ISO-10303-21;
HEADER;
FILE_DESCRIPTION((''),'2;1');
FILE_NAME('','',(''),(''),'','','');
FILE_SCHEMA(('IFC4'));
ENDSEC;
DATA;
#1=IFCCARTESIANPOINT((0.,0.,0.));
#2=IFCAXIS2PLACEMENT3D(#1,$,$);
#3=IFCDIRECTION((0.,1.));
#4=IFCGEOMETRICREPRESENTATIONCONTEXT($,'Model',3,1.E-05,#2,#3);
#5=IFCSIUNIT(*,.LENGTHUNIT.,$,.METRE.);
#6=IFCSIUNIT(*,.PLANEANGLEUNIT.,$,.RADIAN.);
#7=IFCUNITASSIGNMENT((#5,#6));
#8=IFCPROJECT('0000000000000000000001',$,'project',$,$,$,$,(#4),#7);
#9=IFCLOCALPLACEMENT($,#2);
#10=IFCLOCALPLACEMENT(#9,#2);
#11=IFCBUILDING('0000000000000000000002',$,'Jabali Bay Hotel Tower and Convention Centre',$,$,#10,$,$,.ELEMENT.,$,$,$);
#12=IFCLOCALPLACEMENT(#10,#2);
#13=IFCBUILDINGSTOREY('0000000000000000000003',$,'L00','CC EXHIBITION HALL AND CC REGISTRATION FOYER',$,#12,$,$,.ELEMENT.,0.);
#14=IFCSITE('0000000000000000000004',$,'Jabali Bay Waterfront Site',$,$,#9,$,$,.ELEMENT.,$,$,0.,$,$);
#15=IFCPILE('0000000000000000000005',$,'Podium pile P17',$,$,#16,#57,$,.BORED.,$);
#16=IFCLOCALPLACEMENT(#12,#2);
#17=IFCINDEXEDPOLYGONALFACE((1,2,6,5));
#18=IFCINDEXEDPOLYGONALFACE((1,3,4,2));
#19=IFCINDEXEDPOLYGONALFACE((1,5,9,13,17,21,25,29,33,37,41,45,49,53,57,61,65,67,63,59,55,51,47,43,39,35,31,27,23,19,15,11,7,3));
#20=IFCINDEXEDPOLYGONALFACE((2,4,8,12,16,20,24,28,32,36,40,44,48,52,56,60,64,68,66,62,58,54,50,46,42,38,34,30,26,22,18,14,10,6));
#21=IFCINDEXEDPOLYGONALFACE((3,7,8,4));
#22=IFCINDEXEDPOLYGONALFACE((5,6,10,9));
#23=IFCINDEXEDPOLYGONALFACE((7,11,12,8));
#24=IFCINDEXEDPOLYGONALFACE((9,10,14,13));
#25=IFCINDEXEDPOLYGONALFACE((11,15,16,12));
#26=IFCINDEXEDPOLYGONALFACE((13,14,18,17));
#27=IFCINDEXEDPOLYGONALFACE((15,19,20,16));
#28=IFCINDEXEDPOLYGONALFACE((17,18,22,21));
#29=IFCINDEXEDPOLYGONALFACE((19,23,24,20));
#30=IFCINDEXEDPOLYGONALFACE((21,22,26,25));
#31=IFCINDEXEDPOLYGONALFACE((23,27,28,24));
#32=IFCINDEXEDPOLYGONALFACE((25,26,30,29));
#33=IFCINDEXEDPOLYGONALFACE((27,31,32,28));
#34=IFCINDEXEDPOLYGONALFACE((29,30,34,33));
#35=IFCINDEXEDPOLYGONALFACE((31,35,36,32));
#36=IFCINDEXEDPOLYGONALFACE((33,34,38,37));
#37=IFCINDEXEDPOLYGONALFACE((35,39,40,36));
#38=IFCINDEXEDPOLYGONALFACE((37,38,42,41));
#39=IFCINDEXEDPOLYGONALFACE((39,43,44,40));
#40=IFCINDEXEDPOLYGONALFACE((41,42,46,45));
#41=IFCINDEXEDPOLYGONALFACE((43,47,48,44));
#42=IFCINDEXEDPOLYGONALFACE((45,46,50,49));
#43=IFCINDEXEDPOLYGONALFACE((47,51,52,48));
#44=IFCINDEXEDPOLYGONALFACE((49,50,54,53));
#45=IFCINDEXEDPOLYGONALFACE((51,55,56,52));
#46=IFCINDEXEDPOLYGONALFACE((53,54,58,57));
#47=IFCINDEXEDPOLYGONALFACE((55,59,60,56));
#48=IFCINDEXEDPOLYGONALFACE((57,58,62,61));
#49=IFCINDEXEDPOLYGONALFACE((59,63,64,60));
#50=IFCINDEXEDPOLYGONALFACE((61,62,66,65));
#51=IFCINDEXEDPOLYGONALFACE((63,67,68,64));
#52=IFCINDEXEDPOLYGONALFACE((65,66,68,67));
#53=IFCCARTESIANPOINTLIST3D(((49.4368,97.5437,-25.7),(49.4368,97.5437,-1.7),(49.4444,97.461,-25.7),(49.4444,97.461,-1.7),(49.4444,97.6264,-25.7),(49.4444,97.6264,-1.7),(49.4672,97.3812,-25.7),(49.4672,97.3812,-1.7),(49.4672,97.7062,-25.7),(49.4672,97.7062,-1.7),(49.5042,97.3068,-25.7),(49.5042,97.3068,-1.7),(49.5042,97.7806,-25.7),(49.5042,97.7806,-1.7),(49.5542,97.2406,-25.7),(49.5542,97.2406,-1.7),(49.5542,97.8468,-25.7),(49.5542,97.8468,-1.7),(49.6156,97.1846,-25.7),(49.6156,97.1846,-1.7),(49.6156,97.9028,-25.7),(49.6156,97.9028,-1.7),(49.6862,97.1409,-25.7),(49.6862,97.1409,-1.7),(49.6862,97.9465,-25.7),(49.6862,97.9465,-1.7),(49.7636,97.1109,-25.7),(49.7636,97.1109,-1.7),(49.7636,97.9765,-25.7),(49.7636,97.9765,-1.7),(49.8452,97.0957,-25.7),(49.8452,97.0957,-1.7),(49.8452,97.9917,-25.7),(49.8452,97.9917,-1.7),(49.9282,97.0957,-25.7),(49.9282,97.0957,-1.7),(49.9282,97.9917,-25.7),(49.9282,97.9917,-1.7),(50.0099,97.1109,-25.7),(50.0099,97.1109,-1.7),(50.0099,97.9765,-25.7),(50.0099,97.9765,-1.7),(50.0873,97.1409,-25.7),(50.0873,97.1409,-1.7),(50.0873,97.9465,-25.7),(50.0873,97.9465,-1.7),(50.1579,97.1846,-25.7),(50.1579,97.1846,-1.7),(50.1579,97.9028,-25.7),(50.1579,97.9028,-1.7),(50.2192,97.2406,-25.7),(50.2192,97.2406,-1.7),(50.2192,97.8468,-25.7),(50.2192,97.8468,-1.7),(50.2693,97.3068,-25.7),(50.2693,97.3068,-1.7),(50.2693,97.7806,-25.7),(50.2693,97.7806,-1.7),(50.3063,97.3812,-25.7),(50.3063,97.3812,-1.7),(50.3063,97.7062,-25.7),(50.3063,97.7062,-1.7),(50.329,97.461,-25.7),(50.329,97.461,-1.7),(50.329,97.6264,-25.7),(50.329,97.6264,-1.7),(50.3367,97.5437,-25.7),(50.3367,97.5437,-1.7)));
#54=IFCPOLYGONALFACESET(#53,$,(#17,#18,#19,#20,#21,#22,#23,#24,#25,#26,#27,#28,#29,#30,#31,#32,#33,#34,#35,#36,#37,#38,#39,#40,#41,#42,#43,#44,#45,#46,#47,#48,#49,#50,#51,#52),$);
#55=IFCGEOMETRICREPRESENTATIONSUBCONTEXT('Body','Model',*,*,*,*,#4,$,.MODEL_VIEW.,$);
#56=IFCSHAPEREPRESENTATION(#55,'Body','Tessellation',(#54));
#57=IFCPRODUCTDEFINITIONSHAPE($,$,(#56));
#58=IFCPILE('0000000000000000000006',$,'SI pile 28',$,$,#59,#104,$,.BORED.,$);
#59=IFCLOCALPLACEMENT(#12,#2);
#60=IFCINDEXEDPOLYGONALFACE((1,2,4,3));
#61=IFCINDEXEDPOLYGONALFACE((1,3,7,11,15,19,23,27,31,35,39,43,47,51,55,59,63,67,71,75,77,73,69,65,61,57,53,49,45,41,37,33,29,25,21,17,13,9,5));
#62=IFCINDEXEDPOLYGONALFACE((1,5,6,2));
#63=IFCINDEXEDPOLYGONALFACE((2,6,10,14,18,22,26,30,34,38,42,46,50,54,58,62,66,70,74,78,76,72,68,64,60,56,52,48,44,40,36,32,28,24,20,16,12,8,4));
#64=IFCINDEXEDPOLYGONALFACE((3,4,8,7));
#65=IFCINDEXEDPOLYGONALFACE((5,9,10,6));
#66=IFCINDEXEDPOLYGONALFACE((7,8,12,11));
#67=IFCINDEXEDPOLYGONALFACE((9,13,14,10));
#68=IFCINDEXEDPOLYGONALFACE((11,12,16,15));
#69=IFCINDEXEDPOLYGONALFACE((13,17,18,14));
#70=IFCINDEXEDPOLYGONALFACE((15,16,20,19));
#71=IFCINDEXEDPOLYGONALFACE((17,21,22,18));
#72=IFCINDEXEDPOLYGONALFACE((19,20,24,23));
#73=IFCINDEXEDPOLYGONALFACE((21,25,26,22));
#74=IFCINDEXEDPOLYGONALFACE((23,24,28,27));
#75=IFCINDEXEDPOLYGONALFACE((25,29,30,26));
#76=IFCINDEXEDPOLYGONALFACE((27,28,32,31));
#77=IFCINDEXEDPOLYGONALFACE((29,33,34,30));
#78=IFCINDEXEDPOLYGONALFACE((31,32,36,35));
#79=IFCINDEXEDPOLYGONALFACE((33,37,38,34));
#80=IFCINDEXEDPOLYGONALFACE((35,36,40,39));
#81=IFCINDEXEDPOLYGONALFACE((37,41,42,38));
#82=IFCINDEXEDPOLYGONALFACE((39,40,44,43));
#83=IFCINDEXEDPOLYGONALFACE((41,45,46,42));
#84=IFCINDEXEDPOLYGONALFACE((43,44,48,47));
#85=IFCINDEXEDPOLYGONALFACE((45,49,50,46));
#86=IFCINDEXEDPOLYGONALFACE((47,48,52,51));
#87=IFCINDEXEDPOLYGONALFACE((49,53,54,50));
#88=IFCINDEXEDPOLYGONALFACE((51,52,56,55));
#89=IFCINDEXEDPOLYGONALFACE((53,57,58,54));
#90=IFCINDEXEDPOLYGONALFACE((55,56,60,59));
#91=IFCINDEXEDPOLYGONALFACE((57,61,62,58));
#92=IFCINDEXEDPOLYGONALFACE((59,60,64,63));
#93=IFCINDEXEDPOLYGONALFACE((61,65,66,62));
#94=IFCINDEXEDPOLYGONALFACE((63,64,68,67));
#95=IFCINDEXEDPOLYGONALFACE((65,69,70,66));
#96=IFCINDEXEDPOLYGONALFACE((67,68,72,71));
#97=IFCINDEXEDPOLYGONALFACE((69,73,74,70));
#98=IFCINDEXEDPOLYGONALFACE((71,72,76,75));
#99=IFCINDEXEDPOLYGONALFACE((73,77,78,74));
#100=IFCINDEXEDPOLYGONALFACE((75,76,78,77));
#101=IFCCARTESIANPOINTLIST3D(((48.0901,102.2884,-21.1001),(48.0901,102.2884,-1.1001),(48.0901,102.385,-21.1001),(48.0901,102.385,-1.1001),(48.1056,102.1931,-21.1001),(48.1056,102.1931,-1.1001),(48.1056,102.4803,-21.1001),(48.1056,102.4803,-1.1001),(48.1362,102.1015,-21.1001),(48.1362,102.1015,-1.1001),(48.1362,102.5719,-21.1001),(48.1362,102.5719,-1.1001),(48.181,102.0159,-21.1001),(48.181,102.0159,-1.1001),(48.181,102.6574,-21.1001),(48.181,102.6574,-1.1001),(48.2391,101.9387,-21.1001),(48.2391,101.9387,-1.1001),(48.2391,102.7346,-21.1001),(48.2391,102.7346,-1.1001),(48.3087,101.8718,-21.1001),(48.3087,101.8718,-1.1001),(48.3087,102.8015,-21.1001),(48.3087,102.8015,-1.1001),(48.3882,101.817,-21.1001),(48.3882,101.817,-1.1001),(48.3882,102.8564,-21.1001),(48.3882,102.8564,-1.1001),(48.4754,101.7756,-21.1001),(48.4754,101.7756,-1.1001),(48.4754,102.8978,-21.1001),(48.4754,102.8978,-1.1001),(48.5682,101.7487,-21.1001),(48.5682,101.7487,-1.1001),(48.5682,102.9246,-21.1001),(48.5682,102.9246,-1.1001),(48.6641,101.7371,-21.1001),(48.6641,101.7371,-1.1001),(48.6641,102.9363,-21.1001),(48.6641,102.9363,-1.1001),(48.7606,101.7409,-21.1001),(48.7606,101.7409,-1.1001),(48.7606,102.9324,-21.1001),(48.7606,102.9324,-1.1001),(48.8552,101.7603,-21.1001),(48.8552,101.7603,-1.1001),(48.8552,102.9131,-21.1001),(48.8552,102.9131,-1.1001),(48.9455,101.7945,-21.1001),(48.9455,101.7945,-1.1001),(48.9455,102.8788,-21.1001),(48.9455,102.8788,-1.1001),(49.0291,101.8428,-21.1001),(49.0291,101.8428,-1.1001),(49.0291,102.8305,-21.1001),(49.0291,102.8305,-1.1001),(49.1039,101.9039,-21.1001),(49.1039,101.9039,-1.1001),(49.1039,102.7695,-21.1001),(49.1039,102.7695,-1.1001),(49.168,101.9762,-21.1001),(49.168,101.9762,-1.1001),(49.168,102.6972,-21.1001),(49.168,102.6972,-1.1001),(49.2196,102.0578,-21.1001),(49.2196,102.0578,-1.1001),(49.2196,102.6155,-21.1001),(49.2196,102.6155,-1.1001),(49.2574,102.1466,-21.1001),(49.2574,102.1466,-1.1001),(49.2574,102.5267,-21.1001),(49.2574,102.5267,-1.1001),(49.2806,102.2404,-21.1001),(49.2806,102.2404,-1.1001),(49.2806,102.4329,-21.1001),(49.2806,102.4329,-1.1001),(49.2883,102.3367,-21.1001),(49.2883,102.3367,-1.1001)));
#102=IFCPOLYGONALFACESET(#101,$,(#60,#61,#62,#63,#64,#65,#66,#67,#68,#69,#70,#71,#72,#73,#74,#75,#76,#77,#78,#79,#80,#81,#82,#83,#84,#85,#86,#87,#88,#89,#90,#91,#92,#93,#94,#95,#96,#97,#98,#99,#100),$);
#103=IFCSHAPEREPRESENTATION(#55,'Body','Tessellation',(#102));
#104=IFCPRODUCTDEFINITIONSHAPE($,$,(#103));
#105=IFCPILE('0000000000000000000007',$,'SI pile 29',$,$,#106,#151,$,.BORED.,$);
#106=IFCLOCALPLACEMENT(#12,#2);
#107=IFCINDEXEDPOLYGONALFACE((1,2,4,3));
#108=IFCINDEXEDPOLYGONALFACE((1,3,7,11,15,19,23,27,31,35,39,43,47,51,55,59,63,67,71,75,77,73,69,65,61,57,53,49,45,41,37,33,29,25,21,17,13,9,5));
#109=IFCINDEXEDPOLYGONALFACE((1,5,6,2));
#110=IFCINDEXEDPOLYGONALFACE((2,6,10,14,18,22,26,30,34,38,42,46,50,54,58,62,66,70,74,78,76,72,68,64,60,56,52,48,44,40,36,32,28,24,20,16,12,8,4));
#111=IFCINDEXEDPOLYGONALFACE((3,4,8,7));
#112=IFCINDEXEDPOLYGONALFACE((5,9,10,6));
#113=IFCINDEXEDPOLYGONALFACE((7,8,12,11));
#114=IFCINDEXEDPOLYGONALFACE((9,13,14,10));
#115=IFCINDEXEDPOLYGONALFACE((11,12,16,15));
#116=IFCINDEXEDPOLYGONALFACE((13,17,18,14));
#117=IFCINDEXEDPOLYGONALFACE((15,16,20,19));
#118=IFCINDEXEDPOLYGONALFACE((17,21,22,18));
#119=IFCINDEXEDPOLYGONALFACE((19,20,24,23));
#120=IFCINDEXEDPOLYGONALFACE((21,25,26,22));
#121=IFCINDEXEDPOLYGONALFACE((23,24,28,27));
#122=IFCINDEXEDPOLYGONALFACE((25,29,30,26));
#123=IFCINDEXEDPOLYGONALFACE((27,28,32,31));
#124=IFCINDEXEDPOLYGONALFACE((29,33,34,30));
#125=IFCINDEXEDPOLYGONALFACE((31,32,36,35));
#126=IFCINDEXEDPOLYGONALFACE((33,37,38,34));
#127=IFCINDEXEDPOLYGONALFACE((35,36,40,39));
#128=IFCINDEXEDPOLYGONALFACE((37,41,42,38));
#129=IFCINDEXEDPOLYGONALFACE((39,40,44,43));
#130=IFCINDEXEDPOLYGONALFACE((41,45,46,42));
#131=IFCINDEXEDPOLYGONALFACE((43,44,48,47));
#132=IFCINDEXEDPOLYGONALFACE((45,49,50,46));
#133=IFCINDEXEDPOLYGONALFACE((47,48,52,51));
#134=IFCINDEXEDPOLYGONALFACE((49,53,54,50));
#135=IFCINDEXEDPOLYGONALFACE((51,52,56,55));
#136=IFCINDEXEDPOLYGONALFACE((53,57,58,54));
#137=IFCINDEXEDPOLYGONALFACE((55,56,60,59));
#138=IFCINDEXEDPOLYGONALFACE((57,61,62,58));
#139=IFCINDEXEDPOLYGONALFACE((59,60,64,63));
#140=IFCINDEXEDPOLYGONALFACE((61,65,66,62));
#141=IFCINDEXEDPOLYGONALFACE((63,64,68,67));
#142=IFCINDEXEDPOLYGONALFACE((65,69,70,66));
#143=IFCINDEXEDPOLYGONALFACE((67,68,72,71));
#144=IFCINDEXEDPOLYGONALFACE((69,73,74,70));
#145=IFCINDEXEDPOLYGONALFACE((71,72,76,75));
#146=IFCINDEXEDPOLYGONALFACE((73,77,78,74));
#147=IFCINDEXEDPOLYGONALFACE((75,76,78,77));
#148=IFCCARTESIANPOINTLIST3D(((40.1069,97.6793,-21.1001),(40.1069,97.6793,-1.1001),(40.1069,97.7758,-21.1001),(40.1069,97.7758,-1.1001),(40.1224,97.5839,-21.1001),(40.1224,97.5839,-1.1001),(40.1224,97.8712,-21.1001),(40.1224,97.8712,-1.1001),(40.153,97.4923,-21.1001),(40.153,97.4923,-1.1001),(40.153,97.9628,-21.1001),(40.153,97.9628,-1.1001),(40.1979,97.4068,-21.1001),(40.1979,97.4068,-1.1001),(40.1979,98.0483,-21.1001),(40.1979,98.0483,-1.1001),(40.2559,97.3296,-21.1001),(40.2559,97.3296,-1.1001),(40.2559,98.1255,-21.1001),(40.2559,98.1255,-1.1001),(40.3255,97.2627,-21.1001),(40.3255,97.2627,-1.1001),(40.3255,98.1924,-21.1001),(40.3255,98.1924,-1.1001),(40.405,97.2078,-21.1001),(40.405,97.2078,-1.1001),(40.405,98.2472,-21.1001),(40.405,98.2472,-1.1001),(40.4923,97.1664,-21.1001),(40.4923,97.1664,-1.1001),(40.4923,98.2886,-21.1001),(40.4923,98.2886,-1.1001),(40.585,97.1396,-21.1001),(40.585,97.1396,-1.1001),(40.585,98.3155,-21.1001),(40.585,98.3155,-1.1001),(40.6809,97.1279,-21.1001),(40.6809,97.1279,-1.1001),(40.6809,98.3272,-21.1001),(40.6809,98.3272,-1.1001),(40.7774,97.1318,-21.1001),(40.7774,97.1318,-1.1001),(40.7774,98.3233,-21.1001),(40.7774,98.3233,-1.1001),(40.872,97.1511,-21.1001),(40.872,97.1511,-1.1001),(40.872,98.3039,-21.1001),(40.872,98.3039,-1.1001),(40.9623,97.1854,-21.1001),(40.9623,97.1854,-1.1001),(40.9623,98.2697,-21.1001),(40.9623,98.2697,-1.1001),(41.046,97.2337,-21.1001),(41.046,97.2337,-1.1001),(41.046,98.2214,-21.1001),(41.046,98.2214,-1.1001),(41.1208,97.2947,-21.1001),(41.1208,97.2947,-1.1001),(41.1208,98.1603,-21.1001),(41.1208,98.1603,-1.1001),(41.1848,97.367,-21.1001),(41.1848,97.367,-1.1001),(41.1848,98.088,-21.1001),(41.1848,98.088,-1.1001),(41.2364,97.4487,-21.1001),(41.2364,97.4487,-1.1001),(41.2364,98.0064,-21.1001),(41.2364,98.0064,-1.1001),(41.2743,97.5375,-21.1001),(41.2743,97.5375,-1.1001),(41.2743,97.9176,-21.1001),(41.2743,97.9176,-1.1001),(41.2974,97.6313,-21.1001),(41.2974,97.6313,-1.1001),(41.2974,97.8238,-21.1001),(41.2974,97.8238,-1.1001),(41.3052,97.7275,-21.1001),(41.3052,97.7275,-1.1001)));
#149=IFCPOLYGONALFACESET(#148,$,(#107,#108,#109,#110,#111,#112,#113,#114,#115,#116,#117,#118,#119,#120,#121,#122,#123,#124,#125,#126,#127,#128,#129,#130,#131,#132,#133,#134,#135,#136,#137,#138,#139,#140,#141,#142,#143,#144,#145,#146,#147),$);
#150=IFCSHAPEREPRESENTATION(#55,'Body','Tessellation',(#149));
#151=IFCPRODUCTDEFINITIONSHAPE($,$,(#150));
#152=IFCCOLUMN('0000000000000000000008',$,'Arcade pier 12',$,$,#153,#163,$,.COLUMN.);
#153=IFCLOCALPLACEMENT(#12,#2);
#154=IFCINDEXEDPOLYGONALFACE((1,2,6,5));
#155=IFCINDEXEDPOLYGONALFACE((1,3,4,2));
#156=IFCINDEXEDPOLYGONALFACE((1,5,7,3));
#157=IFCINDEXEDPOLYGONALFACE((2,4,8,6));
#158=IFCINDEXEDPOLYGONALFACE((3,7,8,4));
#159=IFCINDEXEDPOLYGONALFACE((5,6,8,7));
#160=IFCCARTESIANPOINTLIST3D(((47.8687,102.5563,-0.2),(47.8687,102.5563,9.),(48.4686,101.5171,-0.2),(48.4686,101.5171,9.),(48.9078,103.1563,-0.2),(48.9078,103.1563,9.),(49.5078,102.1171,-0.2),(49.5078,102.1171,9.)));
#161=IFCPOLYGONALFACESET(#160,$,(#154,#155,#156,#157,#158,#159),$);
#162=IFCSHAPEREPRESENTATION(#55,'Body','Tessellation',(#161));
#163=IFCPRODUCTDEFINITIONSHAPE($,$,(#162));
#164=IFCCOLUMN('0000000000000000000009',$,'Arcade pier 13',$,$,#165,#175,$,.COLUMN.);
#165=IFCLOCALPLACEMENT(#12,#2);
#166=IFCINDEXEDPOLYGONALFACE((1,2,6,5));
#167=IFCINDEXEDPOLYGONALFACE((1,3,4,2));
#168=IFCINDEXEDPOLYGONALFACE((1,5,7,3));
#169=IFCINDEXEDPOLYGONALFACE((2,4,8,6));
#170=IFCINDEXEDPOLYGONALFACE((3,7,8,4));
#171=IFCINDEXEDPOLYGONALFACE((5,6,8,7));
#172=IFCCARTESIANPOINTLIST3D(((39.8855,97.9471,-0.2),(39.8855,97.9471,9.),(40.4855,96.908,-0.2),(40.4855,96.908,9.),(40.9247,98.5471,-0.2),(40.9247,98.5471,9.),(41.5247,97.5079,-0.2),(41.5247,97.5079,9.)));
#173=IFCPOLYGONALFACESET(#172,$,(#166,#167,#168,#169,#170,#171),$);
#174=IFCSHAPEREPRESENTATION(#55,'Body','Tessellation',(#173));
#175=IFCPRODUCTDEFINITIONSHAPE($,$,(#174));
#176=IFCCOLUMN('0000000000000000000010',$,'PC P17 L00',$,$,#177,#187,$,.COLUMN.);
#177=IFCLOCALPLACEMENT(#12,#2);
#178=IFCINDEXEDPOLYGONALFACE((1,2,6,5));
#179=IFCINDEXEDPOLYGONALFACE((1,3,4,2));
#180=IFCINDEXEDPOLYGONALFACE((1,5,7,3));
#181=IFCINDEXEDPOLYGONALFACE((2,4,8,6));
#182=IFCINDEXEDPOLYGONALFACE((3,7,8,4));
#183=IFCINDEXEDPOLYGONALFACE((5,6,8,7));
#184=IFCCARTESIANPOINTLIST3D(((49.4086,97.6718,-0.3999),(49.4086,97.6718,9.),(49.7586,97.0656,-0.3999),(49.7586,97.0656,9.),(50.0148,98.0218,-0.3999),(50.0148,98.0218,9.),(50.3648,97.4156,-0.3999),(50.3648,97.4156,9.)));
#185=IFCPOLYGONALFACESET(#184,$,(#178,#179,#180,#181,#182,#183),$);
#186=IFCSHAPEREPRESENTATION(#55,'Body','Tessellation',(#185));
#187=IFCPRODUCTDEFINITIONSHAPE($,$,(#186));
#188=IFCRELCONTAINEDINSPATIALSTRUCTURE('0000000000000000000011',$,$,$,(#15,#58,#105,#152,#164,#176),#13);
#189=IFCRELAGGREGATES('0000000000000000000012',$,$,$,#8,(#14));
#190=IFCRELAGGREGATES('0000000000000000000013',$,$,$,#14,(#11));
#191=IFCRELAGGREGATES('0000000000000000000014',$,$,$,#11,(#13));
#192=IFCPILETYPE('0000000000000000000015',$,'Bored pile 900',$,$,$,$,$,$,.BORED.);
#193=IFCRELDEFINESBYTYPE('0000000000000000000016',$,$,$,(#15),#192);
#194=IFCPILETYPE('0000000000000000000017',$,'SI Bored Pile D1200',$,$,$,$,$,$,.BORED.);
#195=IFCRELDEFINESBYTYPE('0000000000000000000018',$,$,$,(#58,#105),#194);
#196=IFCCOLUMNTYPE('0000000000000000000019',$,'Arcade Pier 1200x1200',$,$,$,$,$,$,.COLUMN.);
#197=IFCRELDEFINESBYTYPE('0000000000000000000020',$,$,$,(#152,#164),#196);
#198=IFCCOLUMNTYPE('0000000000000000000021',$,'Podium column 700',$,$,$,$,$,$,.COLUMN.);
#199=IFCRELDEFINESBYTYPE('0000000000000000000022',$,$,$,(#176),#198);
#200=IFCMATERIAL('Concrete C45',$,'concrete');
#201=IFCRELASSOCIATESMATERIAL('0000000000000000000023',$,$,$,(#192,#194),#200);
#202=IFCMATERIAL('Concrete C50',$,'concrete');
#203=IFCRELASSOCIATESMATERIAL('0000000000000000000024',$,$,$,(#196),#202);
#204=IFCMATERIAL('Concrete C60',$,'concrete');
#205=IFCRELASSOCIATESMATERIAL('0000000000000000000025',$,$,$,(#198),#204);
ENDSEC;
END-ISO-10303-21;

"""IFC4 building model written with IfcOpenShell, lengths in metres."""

from ifc_helpers import new_model, si_unit, direction, frame, origin, origin_2d, place, context, subcontext, project, spatial, rectangle, circle, extrude, material, material_profile, profile_set, type_object, element, save


model = new_model("IFC4")

# Units and contexts
model_context = context("Model", 3, precision=1e-05, world=origin(), true_north=direction((0.0, 1.0)))
body_context = subcontext(model_context, "Body", "Model", "MODEL_VIEW")
ifc_project = project(units=[si_unit("LENGTHUNIT", "METRE"), si_unit("PLANEANGLEUNIT", "RADIAN")], contexts=[model_context])

# Site, building, storey
site_placement = place(None, origin())
site = spatial("IfcSite", under=ifc_project, at=site_placement, Name="Jabali Bay Waterfront Site", CompositionType="ELEMENT", RefElevation=0.0)
building_placement = place(site_placement, origin())
building = spatial("IfcBuilding", under=site, at=building_placement, Name="Jabali Bay Hotel Tower and Convention Centre", CompositionType="ELEMENT")
storey_placement = place(building_placement, origin())
storey = spatial("IfcBuildingStorey", under=building, at=storey_placement, Name="L00", Description="CC EXHIBITION HALL AND CC REGISTRATION FOYER", CompositionType="ELEMENT", Elevation=0.0)

# Piles
ifc_material_1 = material(Name="Concrete C45", Category="concrete")
ifc_material_profile_1 = material_profile(ifc_material_1, circle(Radius=0.45, at=origin_2d()), Name="Bored pile 900")
ifc_profile_set_1 = profile_set([ifc_material_profile_1], Name="Concrete C45")
pile_type_1 = type_object("IfcPileType", Name="Bored pile 900", PredefinedType="BORED", material=ifc_profile_set_1)
pile_placement = place(storey_placement, frame((49.8867, 97.5437, -1.7), z_axis=(0.0, 0.0, -1.0), x_axis=(1.0, 0.0, 0.0)))
element("IfcPile", 1, at=pile_placement, inside=storey, type_object=pile_type_1, Name="Podium pile P17", PredefinedType="BORED", context=body_context, shape_type="SweptSolid", body=[
    extrude(circle(Radius=0.45, at=origin_2d()), origin(), (0.0, 0.0, 1.0), 24.0),
])
ifc_material_profile_2 = material_profile(ifc_material_1, circle(Radius=0.6001, at=origin_2d()), Name="D1200")
ifc_profile_set_2 = profile_set([ifc_material_profile_2], Name="Concrete C45")
pile_type_2 = type_object("IfcPileType", Name="SI Bored Pile D1200", PredefinedType="BORED", material=ifc_profile_set_2)
for number, where, z_axis, x_axis, name in (
    (2, (48.6882, 102.3367, -1.1001), (0.0, 0.0, -1.0), (1.0, 0.0, 0.0), "SI pile 28"),
    (3, (40.7051, 97.7275, -1.1001), (0.0, 0.0, -1.0), (1.0, 0.0, 0.0), "SI pile 29"),
):
    element("IfcPile", number, at=place(storey_placement, frame(where, z_axis=z_axis, x_axis=x_axis)), inside=storey, type_object=pile_type_2, Name=name, PredefinedType="BORED", context=body_context, shape_type="SweptSolid", body=[
        extrude(circle(Radius=0.6001, at=origin_2d()), origin(), (0.0, 0.0, 1.0), 20.0),
    ])

# Columns
ifc_material_2 = material(Name="Concrete C50", Category="concrete")
ifc_material_profile_3 = material_profile(ifc_material_2, rectangle(XDim=1.2, YDim=1.2, at=origin_2d()), Name="RC 1200x1200")
ifc_profile_set_3 = profile_set([ifc_material_profile_3], Name="Concrete C50")
column_type_1 = type_object("IfcColumnType", Name="Arcade Pier 1200x1200", PredefinedType="COLUMN", material=ifc_profile_set_3)
for number, where, z_axis, x_axis, name in (
    (4, (48.6882, 102.3367, -0.2), (0.0, 0.0, 1.0), (-0.866025, -0.5, 0.0), "Arcade pier 12"),
    (5, (40.7051, 97.7275, -0.2), (0.0, 0.0, 1.0), (-0.866025, -0.5, 0.0), "Arcade pier 13"),
):
    element("IfcColumn", number, at=place(storey_placement, frame(where, z_axis=z_axis, x_axis=x_axis)), inside=storey, type_object=column_type_1, Name=name, PredefinedType="COLUMN", context=body_context, shape_type="SweptSolid", body=[
        extrude(rectangle(XDim=1.2, YDim=1.2, at=origin_2d()), origin(), (0.0, 0.0, 1.0), 9.2),
    ])
ifc_material_3 = material(Name="Concrete C60", Category="concrete")
ifc_material_profile_4 = material_profile(ifc_material_3, rectangle(XDim=0.7, YDim=0.7, at=origin_2d()), Name="Podium column 700")
ifc_profile_set_4 = profile_set([ifc_material_profile_4], Name="Concrete C60")
column_type_2 = type_object("IfcColumnType", Name="Podium column 700", PredefinedType="COLUMN", material=ifc_profile_set_4)
column_placement = place(storey_placement, frame((49.8867, 97.5437, -0.3999), z_axis=(0.0, 0.0, 1.0), x_axis=(0.866025, 0.5, 0.0)))
element("IfcColumn", 6, at=column_placement, inside=storey, type_object=column_type_2, Name="PC P17 L00", PredefinedType="COLUMN", context=body_context, shape_type="SweptSolid", body=[
    extrude(rectangle(XDim=0.7, YDim=0.7, at=origin_2d()), origin(), (0.0, 0.0, 1.0), 9.3999),
])

save(model, "model.ifc")
